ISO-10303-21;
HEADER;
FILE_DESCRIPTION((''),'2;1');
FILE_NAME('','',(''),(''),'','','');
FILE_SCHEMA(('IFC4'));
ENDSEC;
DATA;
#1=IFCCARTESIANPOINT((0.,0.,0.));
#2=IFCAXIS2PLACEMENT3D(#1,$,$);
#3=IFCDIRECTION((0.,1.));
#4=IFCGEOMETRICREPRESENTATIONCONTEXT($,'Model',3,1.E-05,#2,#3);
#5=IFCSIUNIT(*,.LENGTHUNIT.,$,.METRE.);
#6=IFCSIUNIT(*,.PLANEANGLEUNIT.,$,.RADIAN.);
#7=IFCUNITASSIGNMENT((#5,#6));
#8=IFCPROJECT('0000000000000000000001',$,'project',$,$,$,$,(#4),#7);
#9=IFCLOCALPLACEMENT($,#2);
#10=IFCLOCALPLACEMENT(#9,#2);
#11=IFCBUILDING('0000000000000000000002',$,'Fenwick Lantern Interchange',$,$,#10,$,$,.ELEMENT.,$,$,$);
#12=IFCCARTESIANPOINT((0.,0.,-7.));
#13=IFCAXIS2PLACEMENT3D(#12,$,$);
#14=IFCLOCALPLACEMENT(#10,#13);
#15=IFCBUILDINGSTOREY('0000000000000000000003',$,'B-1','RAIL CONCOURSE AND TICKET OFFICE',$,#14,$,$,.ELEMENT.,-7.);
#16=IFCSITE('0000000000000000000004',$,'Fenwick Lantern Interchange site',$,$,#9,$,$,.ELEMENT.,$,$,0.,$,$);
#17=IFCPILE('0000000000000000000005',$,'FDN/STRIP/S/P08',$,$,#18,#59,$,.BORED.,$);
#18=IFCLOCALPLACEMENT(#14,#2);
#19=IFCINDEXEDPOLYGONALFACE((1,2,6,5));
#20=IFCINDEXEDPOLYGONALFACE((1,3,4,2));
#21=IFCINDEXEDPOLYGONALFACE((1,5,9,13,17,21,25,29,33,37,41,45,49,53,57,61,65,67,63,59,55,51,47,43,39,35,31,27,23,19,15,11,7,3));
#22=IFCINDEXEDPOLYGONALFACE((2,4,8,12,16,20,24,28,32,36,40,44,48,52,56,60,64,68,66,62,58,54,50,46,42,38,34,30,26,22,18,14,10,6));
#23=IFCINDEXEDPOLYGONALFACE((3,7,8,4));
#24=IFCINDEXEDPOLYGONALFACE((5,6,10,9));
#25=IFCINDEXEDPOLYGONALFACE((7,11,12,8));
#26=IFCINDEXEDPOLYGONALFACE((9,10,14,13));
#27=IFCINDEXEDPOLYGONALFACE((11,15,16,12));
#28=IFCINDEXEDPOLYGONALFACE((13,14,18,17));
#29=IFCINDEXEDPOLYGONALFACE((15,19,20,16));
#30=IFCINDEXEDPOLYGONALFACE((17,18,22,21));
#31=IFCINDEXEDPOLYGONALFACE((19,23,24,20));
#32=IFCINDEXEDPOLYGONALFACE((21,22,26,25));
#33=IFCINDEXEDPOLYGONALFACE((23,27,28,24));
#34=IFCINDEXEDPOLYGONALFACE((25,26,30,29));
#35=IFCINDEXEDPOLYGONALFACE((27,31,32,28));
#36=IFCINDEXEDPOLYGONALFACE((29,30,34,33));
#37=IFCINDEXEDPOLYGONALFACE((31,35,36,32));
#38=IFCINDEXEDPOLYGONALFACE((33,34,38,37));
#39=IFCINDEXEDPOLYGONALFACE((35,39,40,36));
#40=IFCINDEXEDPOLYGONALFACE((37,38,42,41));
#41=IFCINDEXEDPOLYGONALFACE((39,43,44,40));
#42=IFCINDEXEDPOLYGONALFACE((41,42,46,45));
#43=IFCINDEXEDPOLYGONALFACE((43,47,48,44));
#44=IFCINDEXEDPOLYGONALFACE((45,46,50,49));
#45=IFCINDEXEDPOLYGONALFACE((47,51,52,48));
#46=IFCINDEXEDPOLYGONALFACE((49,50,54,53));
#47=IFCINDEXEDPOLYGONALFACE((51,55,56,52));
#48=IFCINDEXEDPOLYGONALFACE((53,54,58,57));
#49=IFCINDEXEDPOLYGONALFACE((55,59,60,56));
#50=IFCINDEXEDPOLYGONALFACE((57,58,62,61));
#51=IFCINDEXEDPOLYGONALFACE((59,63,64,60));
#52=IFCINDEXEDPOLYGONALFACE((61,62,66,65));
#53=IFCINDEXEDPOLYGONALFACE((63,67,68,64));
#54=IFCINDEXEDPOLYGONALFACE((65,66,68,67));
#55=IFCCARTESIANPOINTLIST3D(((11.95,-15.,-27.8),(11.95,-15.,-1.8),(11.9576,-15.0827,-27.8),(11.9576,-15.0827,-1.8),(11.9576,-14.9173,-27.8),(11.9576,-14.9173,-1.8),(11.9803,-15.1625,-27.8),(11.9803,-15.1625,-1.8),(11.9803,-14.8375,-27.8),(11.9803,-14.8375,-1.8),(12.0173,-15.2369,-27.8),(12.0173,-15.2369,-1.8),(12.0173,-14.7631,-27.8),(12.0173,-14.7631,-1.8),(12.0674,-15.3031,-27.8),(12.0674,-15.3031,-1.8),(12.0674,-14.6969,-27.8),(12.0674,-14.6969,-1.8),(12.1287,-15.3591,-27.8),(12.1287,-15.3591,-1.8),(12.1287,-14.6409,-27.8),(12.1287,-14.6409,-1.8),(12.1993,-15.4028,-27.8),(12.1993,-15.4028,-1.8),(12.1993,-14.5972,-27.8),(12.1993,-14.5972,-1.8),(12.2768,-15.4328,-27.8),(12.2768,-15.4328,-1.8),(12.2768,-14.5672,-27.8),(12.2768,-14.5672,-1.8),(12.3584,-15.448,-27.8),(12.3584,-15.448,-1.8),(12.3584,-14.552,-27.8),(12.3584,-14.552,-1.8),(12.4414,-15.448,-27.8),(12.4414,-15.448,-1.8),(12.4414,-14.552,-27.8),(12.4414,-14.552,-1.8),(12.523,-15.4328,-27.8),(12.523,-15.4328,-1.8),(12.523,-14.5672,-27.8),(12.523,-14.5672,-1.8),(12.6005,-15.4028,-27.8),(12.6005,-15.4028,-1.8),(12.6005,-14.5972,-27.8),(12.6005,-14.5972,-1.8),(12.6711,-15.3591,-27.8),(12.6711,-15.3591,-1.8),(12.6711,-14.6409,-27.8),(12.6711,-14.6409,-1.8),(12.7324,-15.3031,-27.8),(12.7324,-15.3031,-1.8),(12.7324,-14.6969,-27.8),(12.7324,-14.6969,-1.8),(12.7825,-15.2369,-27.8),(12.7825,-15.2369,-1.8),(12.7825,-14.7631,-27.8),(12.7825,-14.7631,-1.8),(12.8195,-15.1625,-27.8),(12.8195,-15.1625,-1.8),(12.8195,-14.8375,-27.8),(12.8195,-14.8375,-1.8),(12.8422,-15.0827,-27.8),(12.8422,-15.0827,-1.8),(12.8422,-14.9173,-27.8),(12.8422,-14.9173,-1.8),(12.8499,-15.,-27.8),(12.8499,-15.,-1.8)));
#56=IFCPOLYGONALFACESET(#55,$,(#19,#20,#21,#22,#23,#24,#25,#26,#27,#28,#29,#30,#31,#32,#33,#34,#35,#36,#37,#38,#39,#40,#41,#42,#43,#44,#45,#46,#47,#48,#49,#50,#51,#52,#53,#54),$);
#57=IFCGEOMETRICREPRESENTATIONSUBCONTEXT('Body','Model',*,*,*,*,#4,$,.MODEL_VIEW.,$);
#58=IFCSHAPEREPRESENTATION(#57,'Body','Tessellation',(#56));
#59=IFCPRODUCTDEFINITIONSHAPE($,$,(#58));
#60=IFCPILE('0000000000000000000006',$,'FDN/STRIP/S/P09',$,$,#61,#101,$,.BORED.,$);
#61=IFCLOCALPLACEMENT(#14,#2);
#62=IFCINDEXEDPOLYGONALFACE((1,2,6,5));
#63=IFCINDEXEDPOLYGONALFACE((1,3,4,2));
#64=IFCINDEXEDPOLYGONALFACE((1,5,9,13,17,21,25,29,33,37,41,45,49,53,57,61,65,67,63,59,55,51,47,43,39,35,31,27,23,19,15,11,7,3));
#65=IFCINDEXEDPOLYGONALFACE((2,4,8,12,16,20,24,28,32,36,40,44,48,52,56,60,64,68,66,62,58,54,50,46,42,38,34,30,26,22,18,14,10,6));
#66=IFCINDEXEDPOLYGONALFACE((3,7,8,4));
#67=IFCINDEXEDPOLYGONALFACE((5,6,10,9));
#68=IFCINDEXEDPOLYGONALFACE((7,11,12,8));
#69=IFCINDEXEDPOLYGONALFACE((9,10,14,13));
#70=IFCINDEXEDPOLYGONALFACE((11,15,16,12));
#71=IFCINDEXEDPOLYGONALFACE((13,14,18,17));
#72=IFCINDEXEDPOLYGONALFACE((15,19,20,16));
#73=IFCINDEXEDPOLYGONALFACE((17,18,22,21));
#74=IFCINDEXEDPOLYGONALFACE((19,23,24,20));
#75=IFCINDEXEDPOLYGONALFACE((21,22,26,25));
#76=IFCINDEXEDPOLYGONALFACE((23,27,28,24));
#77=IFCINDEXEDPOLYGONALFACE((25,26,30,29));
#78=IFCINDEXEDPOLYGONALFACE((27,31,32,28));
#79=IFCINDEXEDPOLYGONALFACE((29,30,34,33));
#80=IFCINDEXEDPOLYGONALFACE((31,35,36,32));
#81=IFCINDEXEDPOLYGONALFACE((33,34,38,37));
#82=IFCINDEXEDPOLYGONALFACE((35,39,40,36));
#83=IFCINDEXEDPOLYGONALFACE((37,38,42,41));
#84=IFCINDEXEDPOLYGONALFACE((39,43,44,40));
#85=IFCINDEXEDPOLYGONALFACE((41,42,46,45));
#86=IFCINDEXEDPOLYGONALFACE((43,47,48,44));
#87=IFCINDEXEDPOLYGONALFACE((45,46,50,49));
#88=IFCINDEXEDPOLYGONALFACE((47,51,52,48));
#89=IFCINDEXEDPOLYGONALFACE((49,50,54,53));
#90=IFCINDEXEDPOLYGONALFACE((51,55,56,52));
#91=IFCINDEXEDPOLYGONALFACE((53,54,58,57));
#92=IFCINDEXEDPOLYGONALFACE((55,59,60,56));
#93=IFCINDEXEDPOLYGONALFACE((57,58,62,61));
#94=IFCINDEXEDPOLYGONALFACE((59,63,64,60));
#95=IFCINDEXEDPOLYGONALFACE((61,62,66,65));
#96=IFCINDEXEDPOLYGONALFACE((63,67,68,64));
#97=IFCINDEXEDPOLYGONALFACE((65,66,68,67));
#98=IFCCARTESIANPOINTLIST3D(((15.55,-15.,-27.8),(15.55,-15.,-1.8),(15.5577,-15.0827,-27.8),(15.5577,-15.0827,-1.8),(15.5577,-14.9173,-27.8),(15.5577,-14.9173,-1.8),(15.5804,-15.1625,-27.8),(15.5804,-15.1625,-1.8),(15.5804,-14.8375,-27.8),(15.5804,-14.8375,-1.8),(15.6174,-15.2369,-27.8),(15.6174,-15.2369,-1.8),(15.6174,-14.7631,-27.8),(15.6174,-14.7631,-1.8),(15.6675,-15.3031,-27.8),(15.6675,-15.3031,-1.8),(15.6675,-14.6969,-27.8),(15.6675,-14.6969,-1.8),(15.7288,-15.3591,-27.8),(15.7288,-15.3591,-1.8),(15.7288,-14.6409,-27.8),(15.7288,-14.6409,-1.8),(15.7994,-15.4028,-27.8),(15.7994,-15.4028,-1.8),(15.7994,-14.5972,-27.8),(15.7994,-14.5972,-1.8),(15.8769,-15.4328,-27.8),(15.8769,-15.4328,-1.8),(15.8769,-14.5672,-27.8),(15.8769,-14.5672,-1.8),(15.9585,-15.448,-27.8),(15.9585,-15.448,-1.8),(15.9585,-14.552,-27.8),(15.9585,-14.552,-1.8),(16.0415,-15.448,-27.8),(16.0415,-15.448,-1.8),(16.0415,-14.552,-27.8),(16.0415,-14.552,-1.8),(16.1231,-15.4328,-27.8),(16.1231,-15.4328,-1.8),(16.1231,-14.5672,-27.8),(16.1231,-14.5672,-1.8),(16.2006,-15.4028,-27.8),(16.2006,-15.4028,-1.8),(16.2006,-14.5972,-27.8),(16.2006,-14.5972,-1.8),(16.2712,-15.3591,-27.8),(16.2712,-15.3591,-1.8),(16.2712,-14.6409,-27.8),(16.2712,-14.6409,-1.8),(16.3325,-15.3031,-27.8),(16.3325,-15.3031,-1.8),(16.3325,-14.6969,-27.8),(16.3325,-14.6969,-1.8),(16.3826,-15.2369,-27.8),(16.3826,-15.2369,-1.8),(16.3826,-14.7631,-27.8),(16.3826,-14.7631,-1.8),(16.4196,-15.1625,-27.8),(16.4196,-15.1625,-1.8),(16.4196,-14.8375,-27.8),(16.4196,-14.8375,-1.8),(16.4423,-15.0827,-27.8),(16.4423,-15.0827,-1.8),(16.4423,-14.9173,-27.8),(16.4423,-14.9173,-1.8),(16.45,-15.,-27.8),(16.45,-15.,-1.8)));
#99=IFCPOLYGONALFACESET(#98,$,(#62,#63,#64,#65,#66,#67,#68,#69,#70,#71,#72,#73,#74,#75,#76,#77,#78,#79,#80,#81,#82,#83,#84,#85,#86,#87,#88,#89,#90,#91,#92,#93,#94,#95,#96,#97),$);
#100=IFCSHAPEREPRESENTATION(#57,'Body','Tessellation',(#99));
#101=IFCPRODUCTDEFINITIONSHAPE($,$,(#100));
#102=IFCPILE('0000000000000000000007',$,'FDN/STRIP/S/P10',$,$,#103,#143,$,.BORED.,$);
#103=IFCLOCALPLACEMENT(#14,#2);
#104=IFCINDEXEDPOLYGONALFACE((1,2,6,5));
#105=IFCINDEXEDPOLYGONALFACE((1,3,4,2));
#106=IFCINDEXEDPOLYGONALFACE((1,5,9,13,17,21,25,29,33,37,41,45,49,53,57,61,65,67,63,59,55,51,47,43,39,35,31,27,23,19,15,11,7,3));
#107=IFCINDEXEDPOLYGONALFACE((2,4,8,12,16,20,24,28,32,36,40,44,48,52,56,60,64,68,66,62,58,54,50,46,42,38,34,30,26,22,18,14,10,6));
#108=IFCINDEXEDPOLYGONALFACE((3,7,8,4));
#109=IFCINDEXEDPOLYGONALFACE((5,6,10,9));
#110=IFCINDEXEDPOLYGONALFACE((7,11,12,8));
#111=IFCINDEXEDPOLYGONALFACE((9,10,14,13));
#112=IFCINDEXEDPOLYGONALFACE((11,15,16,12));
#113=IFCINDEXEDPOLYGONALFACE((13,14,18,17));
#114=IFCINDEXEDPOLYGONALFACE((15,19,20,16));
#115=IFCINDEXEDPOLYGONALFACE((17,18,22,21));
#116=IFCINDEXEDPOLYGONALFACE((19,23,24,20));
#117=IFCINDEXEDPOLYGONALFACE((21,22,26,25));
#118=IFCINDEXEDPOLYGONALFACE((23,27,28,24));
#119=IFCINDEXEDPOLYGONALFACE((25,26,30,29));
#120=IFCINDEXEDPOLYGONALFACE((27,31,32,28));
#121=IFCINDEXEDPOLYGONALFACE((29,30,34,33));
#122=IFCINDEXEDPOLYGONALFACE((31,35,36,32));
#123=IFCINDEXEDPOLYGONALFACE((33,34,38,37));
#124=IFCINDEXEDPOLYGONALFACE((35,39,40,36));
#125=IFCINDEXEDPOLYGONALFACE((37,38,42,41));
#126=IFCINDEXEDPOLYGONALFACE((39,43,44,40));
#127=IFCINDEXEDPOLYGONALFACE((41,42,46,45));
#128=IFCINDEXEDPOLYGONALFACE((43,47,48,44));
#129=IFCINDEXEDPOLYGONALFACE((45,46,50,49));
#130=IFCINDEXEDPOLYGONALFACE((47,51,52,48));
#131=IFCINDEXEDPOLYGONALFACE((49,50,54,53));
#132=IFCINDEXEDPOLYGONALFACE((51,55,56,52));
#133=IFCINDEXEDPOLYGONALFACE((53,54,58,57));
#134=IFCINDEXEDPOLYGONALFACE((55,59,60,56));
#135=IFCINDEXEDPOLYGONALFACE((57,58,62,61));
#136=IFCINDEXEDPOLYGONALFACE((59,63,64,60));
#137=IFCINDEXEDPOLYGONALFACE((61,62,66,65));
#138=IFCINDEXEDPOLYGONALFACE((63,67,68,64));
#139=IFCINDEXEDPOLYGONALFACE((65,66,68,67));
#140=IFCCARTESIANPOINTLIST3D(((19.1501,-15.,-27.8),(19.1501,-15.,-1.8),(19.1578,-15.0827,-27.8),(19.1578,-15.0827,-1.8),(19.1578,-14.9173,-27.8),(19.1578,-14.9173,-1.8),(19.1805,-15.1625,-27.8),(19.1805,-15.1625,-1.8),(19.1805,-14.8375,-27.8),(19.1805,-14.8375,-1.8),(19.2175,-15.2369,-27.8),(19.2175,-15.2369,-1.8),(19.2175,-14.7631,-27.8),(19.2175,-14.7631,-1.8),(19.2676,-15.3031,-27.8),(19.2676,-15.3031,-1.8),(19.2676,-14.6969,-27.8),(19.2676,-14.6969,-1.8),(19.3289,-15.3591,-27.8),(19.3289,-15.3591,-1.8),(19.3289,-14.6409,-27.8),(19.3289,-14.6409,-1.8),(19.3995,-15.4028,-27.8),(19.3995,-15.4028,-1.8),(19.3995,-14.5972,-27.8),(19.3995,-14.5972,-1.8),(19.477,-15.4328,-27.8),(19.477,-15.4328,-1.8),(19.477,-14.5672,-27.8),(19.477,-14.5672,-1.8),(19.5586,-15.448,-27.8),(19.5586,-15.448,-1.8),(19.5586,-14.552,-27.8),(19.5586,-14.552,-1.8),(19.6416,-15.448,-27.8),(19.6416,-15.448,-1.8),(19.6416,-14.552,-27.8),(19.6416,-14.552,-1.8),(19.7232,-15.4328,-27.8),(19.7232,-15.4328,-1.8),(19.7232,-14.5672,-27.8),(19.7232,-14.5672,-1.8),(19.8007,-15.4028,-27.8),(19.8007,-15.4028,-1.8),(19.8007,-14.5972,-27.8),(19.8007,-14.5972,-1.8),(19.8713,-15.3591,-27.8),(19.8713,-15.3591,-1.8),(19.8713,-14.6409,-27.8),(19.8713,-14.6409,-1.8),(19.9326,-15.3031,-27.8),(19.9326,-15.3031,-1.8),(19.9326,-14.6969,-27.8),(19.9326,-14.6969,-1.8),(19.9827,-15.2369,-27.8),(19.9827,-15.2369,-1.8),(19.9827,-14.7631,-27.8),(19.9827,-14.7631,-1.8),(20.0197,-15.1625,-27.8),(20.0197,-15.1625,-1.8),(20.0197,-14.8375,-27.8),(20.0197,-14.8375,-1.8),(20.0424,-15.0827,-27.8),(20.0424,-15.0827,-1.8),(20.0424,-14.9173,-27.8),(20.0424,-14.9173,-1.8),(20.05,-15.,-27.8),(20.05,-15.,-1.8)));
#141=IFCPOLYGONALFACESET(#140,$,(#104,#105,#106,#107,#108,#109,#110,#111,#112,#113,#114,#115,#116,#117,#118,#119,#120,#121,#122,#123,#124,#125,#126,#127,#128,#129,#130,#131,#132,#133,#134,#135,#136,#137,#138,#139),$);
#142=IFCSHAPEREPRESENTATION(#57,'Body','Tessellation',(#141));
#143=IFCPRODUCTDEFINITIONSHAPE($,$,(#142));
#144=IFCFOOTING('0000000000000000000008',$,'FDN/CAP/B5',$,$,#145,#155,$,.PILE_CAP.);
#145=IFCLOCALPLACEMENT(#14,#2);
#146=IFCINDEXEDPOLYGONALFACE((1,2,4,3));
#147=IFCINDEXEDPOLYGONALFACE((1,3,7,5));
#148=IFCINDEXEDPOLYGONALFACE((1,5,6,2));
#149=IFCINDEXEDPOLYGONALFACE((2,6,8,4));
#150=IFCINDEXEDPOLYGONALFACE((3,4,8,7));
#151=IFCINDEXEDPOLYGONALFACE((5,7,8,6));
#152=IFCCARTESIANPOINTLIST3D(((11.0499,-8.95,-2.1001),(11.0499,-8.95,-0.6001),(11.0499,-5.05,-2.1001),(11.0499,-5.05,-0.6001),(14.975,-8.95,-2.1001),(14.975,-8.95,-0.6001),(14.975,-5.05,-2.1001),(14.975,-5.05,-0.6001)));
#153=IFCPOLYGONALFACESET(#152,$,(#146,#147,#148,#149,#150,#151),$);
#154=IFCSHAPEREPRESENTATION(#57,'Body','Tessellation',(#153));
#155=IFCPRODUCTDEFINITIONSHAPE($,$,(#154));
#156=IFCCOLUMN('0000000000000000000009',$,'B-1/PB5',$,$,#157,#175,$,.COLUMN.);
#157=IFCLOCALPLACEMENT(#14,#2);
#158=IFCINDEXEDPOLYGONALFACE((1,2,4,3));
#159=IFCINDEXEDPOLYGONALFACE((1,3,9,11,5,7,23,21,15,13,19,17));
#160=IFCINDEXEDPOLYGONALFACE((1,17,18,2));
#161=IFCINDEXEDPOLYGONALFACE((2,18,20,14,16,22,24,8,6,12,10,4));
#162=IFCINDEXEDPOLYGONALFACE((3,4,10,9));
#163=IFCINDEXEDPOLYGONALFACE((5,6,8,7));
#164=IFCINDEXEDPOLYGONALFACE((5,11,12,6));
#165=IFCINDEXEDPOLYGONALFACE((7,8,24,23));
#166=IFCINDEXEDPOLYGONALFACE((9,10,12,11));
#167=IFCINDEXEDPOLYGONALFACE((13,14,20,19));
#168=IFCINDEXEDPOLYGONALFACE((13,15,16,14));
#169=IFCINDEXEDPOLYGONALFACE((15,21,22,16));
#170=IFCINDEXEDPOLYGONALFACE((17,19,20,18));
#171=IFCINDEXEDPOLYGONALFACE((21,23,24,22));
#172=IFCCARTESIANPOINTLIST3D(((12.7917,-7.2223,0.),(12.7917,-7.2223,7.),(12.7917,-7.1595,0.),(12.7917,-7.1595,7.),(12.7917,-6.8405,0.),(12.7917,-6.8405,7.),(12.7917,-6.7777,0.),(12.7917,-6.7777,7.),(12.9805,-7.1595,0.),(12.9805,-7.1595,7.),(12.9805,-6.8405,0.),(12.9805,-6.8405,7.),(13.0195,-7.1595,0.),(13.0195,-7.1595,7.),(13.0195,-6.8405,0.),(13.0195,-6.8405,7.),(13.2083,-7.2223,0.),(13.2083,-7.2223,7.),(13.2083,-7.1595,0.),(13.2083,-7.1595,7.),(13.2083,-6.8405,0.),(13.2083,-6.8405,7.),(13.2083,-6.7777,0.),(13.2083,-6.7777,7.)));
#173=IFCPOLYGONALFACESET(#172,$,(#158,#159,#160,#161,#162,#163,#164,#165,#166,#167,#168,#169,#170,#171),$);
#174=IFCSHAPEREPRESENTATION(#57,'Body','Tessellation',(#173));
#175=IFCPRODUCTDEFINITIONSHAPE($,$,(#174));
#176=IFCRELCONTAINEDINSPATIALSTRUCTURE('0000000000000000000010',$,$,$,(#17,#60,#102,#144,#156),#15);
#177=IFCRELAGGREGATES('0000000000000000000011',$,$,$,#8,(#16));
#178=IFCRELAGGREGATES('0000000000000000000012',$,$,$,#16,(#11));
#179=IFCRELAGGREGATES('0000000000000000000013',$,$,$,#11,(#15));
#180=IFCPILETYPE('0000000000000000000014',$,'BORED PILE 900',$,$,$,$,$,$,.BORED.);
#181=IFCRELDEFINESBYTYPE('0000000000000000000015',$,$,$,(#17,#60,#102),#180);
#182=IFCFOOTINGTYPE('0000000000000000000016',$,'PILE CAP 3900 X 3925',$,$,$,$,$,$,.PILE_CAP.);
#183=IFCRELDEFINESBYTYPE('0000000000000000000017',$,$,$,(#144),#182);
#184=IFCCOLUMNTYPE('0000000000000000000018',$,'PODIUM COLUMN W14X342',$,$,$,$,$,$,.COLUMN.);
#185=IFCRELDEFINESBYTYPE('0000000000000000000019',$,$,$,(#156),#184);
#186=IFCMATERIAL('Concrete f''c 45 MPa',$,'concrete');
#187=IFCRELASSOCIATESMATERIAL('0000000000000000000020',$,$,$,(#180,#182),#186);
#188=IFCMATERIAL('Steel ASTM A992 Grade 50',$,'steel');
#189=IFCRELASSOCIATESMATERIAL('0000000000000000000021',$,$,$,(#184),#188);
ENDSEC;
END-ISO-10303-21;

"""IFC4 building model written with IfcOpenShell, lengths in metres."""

from ifc_helpers import new_model, si_unit, direction, frame, origin, origin_2d, place, context, subcontext, project, spatial, rectangle, circle, i_section, extrude, material, material_profile, profile_set, type_object, element, save


model = new_model("IFC4")

# Units and contexts
model_context = context("Model", 3, precision=1e-05, world=origin(), true_north=direction((0.0, 1.0)))
body_context = subcontext(model_context, "Body", "Model", "MODEL_VIEW")
ifc_project = project(units=[si_unit("LENGTHUNIT", "METRE"), si_unit("PLANEANGLEUNIT", "RADIAN")], contexts=[model_context])

# Site, building, storey
site_placement = place(None, origin())
site = spatial("IfcSite", under=ifc_project, at=site_placement, Name="Fenwick Lantern Interchange site", CompositionType="ELEMENT", RefElevation=0.0)
building_placement = place(site_placement, origin())
building = spatial("IfcBuilding", under=site, at=building_placement, Name="Fenwick Lantern Interchange", CompositionType="ELEMENT")
storey_placement = place(building_placement, frame((0.0, 0.0, -7.0)))
storey = spatial("IfcBuildingStorey", under=building, at=storey_placement, Name="B-1", Description="RAIL CONCOURSE AND TICKET OFFICE", CompositionType="ELEMENT", Elevation=-7.0)

# Piles
ifc_material_1 = material(Name="Concrete f'c 45 MPa", Category="concrete")
pile_type_1 = type_object("IfcPileType", Name="BORED PILE 900", PredefinedType="BORED", material=ifc_material_1)
for number, where, z_axis, x_axis, name in (
    (1, (12.3999, -15.0, -1.8), (0.0, 0.0, -1.0), (1.0, 0.0, 0.0), "FDN/STRIP/S/P08"),
    (2, (16.0, -15.0, -1.8), (0.0, 0.0, -1.0), (1.0, 0.0, 0.0), "FDN/STRIP/S/P09"),
    (3, (19.6001, -15.0, -1.8), (0.0, 0.0, -1.0), (1.0, 0.0, 0.0), "FDN/STRIP/S/P10"),
):
    element("IfcPile", number, at=place(storey_placement, frame(where, z_axis=z_axis, x_axis=x_axis)), inside=storey, type_object=pile_type_1, Name=name, PredefinedType="BORED", context=body_context, shape_type="SweptSolid", body=[
        extrude(circle(Radius=0.45, at=origin_2d()), origin(), (0.0, 0.0, 1.0), 26.0),
    ])

# Footing
footing_type = type_object("IfcFootingType", Name="PILE CAP 3900 X 3925", PredefinedType="PILE_CAP", material=ifc_material_1)
footing_placement = place(storey_placement, frame((13.0125, -7.0, -2.1001), z_axis=(0.0, 0.0, 1.0), x_axis=(1.0, 0.0, 0.0)))
element("IfcFooting", 4, at=footing_placement, inside=storey, type_object=footing_type, Name="FDN/CAP/B5", PredefinedType="PILE_CAP", context=body_context, shape_type="SweptSolid", body=[
    extrude(rectangle(XDim=3.925, YDim=3.8999, at=origin_2d()), origin(), (0.0, 0.0, 1.0), 1.5),
])

# Column
ifc_material_2 = material(Name="Steel ASTM A992 Grade 50", Category="steel")
ifc_material_profile = material_profile(ifc_material_2, i_section(OverallWidth=0.4165, OverallDepth=0.4446, WebThickness=0.0391, FlangeThickness=0.0627, at=origin_2d()), Name="W14X342")
ifc_profile_set = profile_set([ifc_material_profile], Name="Steel ASTM A992 Grade 50")
column_type = type_object("IfcColumnType", Name="PODIUM COLUMN W14X342", PredefinedType="COLUMN", material=ifc_profile_set)
column_placement = place(storey_placement, frame((13.0, -7.0, 0.0), z_axis=(0.0, 0.0, 1.0), x_axis=(1.0, 0.0, 0.0)))
element("IfcColumn", 5, at=column_placement, inside=storey, type_object=column_type, Name="B-1/PB5", PredefinedType="COLUMN", context=body_context, shape_type="SweptSolid", body=[
    extrude(i_section(OverallWidth=0.4165, OverallDepth=0.4446, WebThickness=0.0391, FlangeThickness=0.0627, at=origin_2d()), origin(), (0.0, 0.0, 1.0), 7.0),
])

save(model, "model.ifc")
